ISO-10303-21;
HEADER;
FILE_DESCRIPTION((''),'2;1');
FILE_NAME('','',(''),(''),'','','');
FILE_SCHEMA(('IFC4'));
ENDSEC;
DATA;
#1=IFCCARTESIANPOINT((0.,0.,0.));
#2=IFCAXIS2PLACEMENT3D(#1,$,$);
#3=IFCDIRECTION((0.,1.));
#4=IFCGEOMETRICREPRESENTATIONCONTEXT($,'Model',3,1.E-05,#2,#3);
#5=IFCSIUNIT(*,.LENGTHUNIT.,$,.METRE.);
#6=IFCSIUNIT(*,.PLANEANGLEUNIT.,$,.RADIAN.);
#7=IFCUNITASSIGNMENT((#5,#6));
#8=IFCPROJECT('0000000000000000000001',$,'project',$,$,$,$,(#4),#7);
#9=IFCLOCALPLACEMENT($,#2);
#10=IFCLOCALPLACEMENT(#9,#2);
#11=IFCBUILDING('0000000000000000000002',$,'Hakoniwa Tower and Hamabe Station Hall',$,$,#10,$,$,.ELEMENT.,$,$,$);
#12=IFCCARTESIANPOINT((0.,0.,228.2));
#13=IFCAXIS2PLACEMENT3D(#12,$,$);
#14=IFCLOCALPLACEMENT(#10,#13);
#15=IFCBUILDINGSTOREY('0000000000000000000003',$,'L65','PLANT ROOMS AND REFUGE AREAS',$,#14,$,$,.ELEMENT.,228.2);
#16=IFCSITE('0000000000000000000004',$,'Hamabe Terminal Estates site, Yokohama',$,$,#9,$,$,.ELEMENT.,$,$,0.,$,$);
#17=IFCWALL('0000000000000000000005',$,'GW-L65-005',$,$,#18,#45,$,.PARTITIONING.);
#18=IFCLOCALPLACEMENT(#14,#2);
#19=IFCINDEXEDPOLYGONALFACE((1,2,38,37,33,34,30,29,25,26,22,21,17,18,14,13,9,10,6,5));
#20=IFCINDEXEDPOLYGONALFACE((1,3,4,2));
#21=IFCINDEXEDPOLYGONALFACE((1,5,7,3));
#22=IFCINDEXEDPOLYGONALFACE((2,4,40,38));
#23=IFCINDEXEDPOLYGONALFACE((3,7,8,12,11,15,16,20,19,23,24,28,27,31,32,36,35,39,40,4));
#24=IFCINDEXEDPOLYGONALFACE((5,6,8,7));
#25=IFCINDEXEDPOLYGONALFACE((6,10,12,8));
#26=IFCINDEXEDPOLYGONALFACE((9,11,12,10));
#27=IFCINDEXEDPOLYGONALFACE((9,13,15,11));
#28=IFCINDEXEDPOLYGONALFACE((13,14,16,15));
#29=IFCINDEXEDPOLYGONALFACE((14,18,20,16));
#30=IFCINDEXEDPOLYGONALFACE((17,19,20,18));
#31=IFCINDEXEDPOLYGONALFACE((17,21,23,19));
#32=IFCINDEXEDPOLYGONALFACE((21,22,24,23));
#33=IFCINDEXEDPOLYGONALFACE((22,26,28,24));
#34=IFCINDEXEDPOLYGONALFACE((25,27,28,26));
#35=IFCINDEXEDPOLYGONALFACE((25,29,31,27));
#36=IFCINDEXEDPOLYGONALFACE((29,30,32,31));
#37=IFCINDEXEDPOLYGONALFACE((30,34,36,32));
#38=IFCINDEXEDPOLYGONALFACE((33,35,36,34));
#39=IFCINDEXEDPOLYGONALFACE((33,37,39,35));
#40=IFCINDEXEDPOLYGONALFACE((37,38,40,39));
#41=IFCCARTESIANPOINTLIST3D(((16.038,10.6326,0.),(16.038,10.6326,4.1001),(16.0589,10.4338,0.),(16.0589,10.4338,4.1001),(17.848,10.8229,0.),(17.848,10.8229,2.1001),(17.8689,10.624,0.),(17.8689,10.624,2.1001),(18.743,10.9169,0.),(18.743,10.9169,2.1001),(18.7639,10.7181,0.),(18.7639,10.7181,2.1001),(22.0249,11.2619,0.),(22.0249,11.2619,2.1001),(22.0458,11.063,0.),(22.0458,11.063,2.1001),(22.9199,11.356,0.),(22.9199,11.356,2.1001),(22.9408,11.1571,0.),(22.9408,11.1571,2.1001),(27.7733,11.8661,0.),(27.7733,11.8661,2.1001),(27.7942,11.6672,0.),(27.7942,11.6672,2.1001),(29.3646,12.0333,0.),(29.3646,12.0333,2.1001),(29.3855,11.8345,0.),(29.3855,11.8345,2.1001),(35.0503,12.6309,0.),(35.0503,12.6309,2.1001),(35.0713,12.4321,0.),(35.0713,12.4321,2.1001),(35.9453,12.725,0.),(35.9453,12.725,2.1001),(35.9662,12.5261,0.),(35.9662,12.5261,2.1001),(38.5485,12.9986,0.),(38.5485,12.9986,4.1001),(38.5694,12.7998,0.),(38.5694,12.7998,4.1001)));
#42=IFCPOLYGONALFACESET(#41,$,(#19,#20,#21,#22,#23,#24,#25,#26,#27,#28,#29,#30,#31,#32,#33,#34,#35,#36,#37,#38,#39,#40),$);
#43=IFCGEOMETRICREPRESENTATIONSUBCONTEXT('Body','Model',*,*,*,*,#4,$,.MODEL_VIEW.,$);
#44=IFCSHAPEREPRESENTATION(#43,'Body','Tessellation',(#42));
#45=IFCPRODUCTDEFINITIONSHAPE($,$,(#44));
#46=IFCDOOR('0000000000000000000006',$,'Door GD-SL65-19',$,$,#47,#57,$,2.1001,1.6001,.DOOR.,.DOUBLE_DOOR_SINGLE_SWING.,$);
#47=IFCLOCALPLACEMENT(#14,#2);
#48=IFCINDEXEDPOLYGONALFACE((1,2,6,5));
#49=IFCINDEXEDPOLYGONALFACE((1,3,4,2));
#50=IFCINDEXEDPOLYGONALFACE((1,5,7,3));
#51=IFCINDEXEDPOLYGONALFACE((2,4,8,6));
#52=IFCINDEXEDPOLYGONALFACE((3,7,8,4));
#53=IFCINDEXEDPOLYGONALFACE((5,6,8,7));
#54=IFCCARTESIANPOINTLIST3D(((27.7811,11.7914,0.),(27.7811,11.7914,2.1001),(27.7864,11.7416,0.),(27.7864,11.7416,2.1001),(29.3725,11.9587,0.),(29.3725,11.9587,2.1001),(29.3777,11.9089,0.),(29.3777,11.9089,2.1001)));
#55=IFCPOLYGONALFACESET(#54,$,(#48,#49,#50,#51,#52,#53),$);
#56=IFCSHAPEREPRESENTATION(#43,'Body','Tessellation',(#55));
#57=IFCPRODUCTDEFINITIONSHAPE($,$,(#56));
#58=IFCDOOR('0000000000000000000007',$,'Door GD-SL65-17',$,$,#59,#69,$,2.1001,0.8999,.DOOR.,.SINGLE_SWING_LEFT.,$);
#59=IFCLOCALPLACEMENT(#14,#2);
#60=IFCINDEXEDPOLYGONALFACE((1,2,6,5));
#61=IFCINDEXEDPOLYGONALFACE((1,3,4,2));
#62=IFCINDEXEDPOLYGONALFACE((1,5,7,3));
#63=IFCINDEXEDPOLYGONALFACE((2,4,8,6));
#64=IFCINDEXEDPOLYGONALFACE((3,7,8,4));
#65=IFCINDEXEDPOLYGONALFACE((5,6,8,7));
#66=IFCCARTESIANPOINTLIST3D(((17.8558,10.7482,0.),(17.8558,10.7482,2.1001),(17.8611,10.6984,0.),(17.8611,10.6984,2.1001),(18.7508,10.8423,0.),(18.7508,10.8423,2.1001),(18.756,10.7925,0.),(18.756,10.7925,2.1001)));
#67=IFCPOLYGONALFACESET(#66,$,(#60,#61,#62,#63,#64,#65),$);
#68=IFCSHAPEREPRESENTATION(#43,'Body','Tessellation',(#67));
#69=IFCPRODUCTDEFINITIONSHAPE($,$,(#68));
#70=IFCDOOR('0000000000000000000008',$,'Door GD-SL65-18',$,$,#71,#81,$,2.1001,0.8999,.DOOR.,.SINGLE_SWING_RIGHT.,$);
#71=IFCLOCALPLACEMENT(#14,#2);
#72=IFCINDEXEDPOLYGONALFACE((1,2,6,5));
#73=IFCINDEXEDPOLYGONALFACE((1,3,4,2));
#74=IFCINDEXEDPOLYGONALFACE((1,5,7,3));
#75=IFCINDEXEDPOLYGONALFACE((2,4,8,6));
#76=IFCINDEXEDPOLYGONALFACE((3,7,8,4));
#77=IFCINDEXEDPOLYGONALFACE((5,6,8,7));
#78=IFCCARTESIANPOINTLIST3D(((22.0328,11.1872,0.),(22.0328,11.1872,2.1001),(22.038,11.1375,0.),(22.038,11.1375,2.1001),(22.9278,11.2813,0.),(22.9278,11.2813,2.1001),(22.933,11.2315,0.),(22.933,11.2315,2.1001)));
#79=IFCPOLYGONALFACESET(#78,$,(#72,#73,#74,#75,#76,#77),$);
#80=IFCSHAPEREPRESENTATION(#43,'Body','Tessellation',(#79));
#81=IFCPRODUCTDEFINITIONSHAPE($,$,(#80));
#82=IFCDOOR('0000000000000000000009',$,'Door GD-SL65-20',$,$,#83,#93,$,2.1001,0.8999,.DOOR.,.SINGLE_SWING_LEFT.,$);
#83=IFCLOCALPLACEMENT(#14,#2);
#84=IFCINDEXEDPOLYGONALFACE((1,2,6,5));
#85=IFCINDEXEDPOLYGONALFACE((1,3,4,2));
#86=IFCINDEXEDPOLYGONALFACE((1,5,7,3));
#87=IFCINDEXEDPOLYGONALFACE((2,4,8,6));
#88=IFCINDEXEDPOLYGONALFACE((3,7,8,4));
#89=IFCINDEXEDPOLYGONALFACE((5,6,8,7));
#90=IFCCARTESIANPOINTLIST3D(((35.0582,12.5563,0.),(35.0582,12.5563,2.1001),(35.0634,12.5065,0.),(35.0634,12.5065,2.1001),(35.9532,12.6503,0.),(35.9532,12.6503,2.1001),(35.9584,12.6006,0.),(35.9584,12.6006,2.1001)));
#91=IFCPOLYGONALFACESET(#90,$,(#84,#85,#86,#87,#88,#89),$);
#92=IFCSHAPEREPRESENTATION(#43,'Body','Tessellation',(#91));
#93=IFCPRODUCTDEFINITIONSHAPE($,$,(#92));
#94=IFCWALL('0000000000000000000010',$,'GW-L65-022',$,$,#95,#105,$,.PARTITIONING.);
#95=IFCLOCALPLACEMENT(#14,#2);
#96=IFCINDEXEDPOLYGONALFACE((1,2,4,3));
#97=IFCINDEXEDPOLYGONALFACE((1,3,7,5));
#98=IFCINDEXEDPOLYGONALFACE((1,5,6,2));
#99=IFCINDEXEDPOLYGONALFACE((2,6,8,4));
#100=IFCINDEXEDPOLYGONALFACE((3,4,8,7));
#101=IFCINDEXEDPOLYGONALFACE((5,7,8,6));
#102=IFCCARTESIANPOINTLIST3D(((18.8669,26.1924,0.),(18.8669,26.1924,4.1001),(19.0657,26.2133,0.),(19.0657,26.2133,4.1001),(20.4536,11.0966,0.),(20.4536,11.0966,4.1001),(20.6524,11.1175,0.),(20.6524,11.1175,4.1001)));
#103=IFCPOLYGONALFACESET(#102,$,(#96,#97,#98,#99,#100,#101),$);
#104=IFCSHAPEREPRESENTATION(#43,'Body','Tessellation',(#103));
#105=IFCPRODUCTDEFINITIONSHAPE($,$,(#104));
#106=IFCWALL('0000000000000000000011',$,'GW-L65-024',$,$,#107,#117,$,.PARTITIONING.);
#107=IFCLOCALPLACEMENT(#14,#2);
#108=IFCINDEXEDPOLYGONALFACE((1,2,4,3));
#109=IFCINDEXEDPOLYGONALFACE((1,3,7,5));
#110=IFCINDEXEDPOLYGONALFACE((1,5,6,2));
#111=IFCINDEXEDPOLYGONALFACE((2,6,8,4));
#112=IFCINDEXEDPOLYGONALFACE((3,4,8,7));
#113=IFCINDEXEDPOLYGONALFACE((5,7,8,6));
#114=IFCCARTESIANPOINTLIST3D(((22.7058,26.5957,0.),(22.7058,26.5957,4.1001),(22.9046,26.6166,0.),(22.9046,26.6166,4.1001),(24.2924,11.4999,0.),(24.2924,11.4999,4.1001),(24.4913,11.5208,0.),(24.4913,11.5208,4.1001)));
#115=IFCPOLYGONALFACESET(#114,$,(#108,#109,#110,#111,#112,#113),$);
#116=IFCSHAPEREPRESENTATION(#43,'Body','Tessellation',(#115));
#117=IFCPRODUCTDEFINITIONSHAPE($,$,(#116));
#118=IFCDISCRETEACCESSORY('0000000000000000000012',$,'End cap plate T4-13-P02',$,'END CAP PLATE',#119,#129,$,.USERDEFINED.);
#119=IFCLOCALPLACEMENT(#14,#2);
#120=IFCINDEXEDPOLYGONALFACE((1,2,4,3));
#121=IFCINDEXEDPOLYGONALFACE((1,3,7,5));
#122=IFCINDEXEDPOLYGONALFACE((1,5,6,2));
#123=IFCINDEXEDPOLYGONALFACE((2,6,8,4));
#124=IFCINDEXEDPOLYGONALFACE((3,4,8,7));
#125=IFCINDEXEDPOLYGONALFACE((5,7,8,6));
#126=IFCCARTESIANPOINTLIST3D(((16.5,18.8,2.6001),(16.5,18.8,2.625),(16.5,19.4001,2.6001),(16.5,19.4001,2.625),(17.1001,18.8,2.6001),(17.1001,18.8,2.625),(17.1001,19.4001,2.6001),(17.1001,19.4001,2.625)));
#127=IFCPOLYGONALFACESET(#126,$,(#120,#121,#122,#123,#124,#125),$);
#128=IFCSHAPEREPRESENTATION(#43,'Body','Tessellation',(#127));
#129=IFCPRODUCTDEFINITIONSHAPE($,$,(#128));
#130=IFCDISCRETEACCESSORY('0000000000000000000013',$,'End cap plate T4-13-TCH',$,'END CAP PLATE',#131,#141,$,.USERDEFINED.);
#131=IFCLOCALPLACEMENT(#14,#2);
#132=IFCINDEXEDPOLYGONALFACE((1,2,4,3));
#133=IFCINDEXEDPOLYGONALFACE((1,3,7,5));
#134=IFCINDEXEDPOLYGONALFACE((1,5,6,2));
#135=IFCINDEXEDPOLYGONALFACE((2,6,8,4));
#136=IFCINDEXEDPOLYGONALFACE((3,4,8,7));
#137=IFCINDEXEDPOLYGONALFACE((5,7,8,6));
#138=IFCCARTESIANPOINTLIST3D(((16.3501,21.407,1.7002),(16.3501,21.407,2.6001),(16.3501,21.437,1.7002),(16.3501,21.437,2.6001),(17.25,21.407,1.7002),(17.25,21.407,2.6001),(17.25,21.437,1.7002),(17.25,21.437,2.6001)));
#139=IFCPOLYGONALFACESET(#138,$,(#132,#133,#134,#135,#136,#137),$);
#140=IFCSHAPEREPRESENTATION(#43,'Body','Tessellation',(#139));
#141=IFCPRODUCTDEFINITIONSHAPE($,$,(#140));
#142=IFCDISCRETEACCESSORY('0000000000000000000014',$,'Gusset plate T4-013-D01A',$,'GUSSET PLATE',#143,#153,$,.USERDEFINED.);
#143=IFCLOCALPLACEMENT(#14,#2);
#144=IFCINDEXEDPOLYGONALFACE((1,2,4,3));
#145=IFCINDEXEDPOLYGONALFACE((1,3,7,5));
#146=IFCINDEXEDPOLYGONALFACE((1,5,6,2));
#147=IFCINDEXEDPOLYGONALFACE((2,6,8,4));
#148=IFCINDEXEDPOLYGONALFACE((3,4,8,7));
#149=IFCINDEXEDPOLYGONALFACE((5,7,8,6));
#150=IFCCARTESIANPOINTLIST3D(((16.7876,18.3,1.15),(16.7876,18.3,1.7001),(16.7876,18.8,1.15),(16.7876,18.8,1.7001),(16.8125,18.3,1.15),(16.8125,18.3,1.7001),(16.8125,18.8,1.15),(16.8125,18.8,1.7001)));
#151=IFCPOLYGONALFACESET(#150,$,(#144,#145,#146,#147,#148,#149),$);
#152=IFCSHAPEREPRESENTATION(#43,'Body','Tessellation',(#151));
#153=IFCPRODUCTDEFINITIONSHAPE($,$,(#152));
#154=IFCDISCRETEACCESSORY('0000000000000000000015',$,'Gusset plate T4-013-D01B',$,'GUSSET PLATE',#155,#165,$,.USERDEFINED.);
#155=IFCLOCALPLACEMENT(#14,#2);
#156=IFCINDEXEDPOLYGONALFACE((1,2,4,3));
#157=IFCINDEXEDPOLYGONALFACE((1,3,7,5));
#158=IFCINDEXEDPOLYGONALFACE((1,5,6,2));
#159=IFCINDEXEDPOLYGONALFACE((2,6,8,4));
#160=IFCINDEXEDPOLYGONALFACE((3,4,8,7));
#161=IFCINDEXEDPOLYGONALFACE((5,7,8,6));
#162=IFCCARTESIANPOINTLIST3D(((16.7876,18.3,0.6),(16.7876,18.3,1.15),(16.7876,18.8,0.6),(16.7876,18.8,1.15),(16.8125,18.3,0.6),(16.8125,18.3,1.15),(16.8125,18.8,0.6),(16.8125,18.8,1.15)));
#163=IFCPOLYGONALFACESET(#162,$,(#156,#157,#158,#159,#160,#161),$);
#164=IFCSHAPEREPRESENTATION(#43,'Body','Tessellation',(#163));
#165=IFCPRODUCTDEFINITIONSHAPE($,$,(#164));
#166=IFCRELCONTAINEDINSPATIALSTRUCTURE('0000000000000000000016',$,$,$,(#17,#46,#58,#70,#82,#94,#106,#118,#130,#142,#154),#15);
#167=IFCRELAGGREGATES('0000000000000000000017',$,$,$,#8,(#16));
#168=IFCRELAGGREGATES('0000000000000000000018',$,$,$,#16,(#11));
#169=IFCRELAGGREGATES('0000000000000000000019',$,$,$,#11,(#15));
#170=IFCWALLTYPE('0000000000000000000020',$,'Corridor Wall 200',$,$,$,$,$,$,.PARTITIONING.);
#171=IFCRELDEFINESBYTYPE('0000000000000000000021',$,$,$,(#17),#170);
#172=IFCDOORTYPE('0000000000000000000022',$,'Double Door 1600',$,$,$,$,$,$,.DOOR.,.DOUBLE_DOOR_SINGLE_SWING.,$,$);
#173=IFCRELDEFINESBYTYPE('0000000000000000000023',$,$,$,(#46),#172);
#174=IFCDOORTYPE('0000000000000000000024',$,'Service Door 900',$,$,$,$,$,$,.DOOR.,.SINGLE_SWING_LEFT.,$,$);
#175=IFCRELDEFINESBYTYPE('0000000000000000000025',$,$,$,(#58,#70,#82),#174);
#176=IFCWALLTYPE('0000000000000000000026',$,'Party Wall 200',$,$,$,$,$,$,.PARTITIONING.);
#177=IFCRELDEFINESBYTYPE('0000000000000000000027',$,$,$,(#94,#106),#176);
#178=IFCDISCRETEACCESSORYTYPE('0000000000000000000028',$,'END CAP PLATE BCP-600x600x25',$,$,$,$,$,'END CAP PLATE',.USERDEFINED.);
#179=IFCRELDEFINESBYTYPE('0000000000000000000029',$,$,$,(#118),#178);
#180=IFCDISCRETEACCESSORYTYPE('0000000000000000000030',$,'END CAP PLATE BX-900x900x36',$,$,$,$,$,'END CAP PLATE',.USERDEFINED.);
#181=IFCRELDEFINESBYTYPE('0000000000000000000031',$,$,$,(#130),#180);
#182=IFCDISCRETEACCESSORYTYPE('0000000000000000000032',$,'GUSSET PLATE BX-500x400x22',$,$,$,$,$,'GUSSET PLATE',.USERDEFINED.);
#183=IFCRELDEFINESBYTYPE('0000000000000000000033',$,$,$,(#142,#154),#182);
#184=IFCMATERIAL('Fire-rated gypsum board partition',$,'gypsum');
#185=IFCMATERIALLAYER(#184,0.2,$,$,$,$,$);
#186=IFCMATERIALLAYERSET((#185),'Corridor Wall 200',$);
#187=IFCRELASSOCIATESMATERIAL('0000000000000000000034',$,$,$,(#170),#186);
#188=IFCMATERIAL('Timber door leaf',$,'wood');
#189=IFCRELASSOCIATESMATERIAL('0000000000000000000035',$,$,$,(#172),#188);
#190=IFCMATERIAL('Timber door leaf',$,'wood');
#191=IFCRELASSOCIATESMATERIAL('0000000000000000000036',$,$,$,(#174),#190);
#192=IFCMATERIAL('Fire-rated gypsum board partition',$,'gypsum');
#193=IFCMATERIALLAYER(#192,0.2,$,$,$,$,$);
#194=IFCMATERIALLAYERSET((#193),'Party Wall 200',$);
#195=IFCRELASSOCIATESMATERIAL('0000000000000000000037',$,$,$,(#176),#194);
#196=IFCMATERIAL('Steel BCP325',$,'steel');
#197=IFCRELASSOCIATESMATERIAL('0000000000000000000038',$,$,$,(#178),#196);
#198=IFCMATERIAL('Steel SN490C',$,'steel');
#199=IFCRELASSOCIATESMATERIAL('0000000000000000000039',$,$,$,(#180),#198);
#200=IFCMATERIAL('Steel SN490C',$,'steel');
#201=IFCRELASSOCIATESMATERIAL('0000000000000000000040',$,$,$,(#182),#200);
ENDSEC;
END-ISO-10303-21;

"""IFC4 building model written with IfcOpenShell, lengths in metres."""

from ifc_helpers import new_model, si_unit, direction, frame, frame_2d, origin, origin_2d, place, context, subcontext, project, spatial, rectangle, extrude, material, layer, layer_set, material_profile, profile_set, type_object, element, fill, save


model = new_model("IFC4")

# Units and contexts
model_context = context("Model", 3, precision=1e-05, world=origin(), true_north=direction((0.0, 1.0)))
body_context = subcontext(model_context, "Body", "Model", "MODEL_VIEW")
ifc_project = project(units=[si_unit("LENGTHUNIT", "METRE"), si_unit("PLANEANGLEUNIT", "RADIAN")], contexts=[model_context])

# Site, building, storey
site_placement = place(None, origin())
site = spatial("IfcSite", under=ifc_project, at=site_placement, Name="Hamabe Terminal Estates site, Yokohama", CompositionType="ELEMENT", RefElevation=0.0)
building_placement = place(site_placement, origin())
building = spatial("IfcBuilding", under=site, at=building_placement, Name="Hakoniwa Tower and Hamabe Station Hall", CompositionType="ELEMENT")
storey_placement = place(building_placement, frame((0.0, 0.0, 228.2)))
storey = spatial("IfcBuildingStorey", under=building, at=storey_placement, Name="L65", Description="PLANT ROOMS AND REFUGE AREAS", CompositionType="ELEMENT", Elevation=228.2)

# Wall, openings, doors
ifc_material_1 = material(Name="Fire-rated gypsum board partition", Category="gypsum")
ifc_layer_1 = layer(ifc_material_1, 0.2)
ifc_layer_set_1 = layer_set([ifc_layer_1], Name="Corridor Wall 200")
wall_type_1 = type_object("IfcWallType", Name="Corridor Wall 200", PredefinedType="PARTITIONING", material=ifc_layer_set_1)
wall_placement = place(storey_placement, frame((16.0483, 10.5332, 0.0), z_axis=(0.0, 0.0, 1.0), x_axis=(0.994522, 0.104529, 0.0)))
wall = element("IfcWall", 1, at=wall_placement, inside=storey, type_object=wall_type_1, Name="GW-L65-005", PredefinedType="PARTITIONING", context=body_context, shape_type="SweptSolid", body=[
    extrude(rectangle(XDim=22.6345, YDim=0.2, at=frame_2d((11.3174, 0.0))), origin(), (0.0, 0.0, 1.0), 4.1001),
])
opening_1_placement = place(wall_placement, frame((1.8201, 0.0, 0.0)))
opening_1 = element("IfcOpeningElement", 2, at=opening_1_placement, cuts=wall, PredefinedType="OPENING", context=body_context, shape_type="SweptSolid", body=[
    extrude(rectangle(XDim=0.8999, YDim=2.1001, at=frame_2d((0.45, 1.05))), frame((0.0, 0.1099, 0.0), z_axis=(0.0, -1.0, 0.0), x_axis=(1.0, 0.0, 0.0)), (0.0, 0.0, 1.0), 0.22),
])
opening_2_placement = place(wall_placement, frame((6.02, 0.0, 0.0)))
opening_2 = element("IfcOpeningElement", 3, at=opening_2_placement, cuts=wall, PredefinedType="OPENING", context=body_context, shape_type="SweptSolid", body=[
    extrude(rectangle(XDim=0.8999, YDim=2.1001, at=frame_2d((0.45, 1.05))), frame((0.0, 0.1099, 0.0), z_axis=(0.0, -1.0, 0.0), x_axis=(1.0, 0.0, 0.0)), (0.0, 0.0, 1.0), 0.22),
])
opening_3_placement = place(wall_placement, frame((11.8, 0.0, 0.0)))
opening_3 = element("IfcOpeningElement", 4, at=opening_3_placement, cuts=wall, PredefinedType="OPENING", context=body_context, shape_type="SweptSolid", body=[
    extrude(rectangle(XDim=1.6001, YDim=2.1001, at=frame_2d((0.8, 1.05))), frame((0.0, 0.1099, 0.0), z_axis=(0.0, -1.0, 0.0), x_axis=(1.0, 0.0, 0.0)), (0.0, 0.0, 1.0), 0.22),
])
opening_4_placement = place(wall_placement, frame((19.1172, 0.0, 0.0)))
opening_4 = element("IfcOpeningElement", 5, at=opening_4_placement, cuts=wall, PredefinedType="OPENING", context=body_context, shape_type="SweptSolid", body=[
    extrude(rectangle(XDim=0.8999, YDim=2.1001, at=frame_2d((0.45, 1.05))), frame((0.0, 0.1099, 0.0), z_axis=(0.0, -1.0, 0.0), x_axis=(1.0, 0.0, 0.0)), (0.0, 0.0, 1.0), 0.22),
])
ifc_material_2 = material(Name="Timber door leaf", Category="wood")
door_type_1 = type_object("IfcDoorType", Name="Double Door 1600", OperationType="DOUBLE_DOOR_SINGLE_SWING", PredefinedType="DOOR", material=ifc_material_2)
door_1_placement = place(opening_3_placement, origin())
door_1 = element("IfcDoor", 6, at=door_1_placement, inside=storey, type_object=door_type_1, Name="Door GD-SL65-19", OperationType="DOUBLE_DOOR_SINGLE_SWING", OverallHeight=2.1001, OverallWidth=1.6001, PredefinedType="DOOR", context=body_context, shape_type="SweptSolid", body=[
    extrude(rectangle(XDim=1.6001, YDim=2.1001, at=frame_2d((0.8, 1.05))), frame((0.0, 0.0249, 0.0), z_axis=(0.0, -1.0, 0.0), x_axis=(1.0, 0.0, 0.0)), (0.0, 0.0, 1.0), 0.05),
])
fill(opening_3, door_1)
ifc_material_3 = material(Name="Timber door leaf", Category="wood")
door_type_2 = type_object("IfcDoorType", Name="Service Door 900", OperationType="SINGLE_SWING_LEFT", PredefinedType="DOOR", material=ifc_material_3)
door_2_placement = place(opening_1_placement, origin())
door_2 = element("IfcDoor", 7, at=door_2_placement, inside=storey, type_object=door_type_2, Name="Door GD-SL65-17", OperationType="SINGLE_SWING_LEFT", OverallHeight=2.1001, OverallWidth=0.8999, PredefinedType="DOOR", context=body_context, shape_type="SweptSolid", body=[
    extrude(rectangle(XDim=0.8999, YDim=2.1001, at=frame_2d((0.45, 1.05))), frame((0.0, 0.0249, 0.0), z_axis=(0.0, -1.0, 0.0), x_axis=(1.0, 0.0, 0.0)), (0.0, 0.0, 1.0), 0.05),
])
fill(opening_1, door_2)
door_3_placement = place(opening_2_placement, origin())
door_3 = element("IfcDoor", 8, at=door_3_placement, inside=storey, type_object=door_type_2, Name="Door GD-SL65-18", OperationType="SINGLE_SWING_RIGHT", OverallHeight=2.1001, OverallWidth=0.8999, PredefinedType="DOOR", context=body_context, shape_type="SweptSolid", body=[
    extrude(rectangle(XDim=0.8999, YDim=2.1001, at=frame_2d((0.45, 1.05))), frame((0.0, 0.0249, 0.0), z_axis=(0.0, -1.0, 0.0), x_axis=(1.0, 0.0, 0.0)), (0.0, 0.0, 1.0), 0.05),
])
fill(opening_2, door_3)
door_4_placement = place(opening_4_placement, origin())
door_4 = element("IfcDoor", 9, at=door_4_placement, inside=storey, type_object=door_type_2, Name="Door GD-SL65-20", OperationType="SINGLE_SWING_LEFT", OverallHeight=2.1001, OverallWidth=0.8999, PredefinedType="DOOR", context=body_context, shape_type="SweptSolid", body=[
    extrude(rectangle(XDim=0.8999, YDim=2.1001, at=frame_2d((0.45, 1.05))), frame((0.0, 0.0249, 0.0), z_axis=(0.0, -1.0, 0.0), x_axis=(1.0, 0.0, 0.0)), (0.0, 0.0, 1.0), 0.05),
])
fill(opening_4, door_4)

# Walls
ifc_material_4 = material(Name="Fire-rated gypsum board partition", Category="gypsum")
ifc_layer_2 = layer(ifc_material_4, 0.2)
ifc_layer_set_2 = layer_set([ifc_layer_2], Name="Party Wall 200")
wall_type_2 = type_object("IfcWallType", Name="Party Wall 200", PredefinedType="PARTITIONING", material=ifc_layer_set_2)
for number, where, z_axis, x_axis, name in (
    (10, (20.553, 11.1072, 0.0), (0.0, 0.0, 1.0), (-0.104532, 0.994522, 0.0), "GW-L65-022"),
    (11, (24.3918, 11.5105, 0.0), (0.0, 0.0, 1.0), (-0.104532, 0.994522, 0.0), "GW-L65-024"),
):
    element("IfcWall", number, at=place(storey_placement, frame(where, z_axis=z_axis, x_axis=x_axis)), inside=storey, type_object=wall_type_2, Name=name, PredefinedType="PARTITIONING", context=body_context, shape_type="SweptSolid", body=[
        extrude(rectangle(XDim=15.179, YDim=0.2, at=frame_2d((7.5894, 0.0))), origin(), (0.0, 0.0, 1.0), 4.1001),
    ])

# Discrete accessories
ifc_material_5 = material(Name="Steel BCP325", Category="steel")
ifc_material_profile_1 = material_profile(ifc_material_5, rectangle(XDim=0.6001, YDim=0.6001, at=origin_2d()), Name="END CAP PLATE BCP-600x600x25")
ifc_profile_set_1 = profile_set([ifc_material_profile_1], Name="Steel BCP325")
discrete_accessory_type_1 = type_object("IfcDiscreteAccessoryType", Name="END CAP PLATE BCP-600x600x25", ElementType="END CAP PLATE", PredefinedType="USERDEFINED", material=ifc_profile_set_1)
discrete_accessory_1_placement = place(storey_placement, frame((16.8, 19.1001, 2.6001), z_axis=(0.0, 0.0, 1.0), x_axis=(1.0, 0.0, 0.0)))
element("IfcDiscreteAccessory", 12, at=discrete_accessory_1_placement, inside=storey, type_object=discrete_accessory_type_1, Name="End cap plate T4-13-P02", ObjectType="END CAP PLATE", PredefinedType="USERDEFINED", context=body_context, shape_type="SweptSolid", body=[
    extrude(rectangle(XDim=0.6001, YDim=0.6001, at=origin_2d()), origin(), (0.0, 0.0, 1.0), 0.0249),
])
ifc_material_6 = material(Name="Steel SN490C", Category="steel")
ifc_material_profile_2 = material_profile(ifc_material_6, rectangle(XDim=0.8999, YDim=0.8999, at=origin_2d()), Name="END CAP PLATE BX-900x900x36")
ifc_profile_set_2 = profile_set([ifc_material_profile_2], Name="Steel SN490C")
discrete_accessory_type_2 = type_object("IfcDiscreteAccessoryType", Name="END CAP PLATE BX-900x900x36", ElementType="END CAP PLATE", PredefinedType="USERDEFINED", material=ifc_profile_set_2)
discrete_accessory_2_placement = place(storey_placement, frame((16.8, 21.407, 2.1501), z_axis=(0.0, 1.0, 0.0), x_axis=(-1.0, 0.0, 0.0)))
element("IfcDiscreteAccessory", 13, at=discrete_accessory_2_placement, inside=storey, type_object=discrete_accessory_type_2, Name="End cap plate T4-13-TCH", ObjectType="END CAP PLATE", PredefinedType="USERDEFINED", context=body_context, shape_type="SweptSolid", body=[
    extrude(rectangle(XDim=0.8999, YDim=0.8999, at=origin_2d()), origin(), (0.0, 0.0, 1.0), 0.03),
])
ifc_material_7 = material(Name="Steel SN490C", Category="steel")
ifc_material_profile_3 = material_profile(ifc_material_7, rectangle(XDim=0.5, YDim=0.55, at=origin_2d()), Name="GUSSET PLATE BX-500x400x22")
ifc_profile_set_3 = profile_set([ifc_material_profile_3], Name="Steel SN490C")
discrete_accessory_type_3 = type_object("IfcDiscreteAccessoryType", Name="GUSSET PLATE BX-500x400x22", ElementType="GUSSET PLATE", PredefinedType="USERDEFINED", material=ifc_profile_set_3)
for number, where, z_axis, x_axis, name in (
    (14, (16.8125, 18.55, 1.425), (-1.0, 0.0, 0.0), (0.0, -1.0, 0.0), "Gusset plate T4-013-D01A"),
    (15, (16.8125, 18.55, 0.875), (-1.0, 0.0, 0.0), (0.0, -1.0, 0.0), "Gusset plate T4-013-D01B"),
):
    element("IfcDiscreteAccessory", number, at=place(storey_placement, frame(where, z_axis=z_axis, x_axis=x_axis)), inside=storey, type_object=discrete_accessory_type_3, Name=name, ObjectType="GUSSET PLATE", PredefinedType="USERDEFINED", context=body_context, shape_type="SweptSolid", body=[
        extrude(rectangle(XDim=0.5, YDim=0.55, at=origin_2d()), origin(), (0.0, 0.0, 1.0), 0.0249),
    ])

save(model, "model.ifc")
